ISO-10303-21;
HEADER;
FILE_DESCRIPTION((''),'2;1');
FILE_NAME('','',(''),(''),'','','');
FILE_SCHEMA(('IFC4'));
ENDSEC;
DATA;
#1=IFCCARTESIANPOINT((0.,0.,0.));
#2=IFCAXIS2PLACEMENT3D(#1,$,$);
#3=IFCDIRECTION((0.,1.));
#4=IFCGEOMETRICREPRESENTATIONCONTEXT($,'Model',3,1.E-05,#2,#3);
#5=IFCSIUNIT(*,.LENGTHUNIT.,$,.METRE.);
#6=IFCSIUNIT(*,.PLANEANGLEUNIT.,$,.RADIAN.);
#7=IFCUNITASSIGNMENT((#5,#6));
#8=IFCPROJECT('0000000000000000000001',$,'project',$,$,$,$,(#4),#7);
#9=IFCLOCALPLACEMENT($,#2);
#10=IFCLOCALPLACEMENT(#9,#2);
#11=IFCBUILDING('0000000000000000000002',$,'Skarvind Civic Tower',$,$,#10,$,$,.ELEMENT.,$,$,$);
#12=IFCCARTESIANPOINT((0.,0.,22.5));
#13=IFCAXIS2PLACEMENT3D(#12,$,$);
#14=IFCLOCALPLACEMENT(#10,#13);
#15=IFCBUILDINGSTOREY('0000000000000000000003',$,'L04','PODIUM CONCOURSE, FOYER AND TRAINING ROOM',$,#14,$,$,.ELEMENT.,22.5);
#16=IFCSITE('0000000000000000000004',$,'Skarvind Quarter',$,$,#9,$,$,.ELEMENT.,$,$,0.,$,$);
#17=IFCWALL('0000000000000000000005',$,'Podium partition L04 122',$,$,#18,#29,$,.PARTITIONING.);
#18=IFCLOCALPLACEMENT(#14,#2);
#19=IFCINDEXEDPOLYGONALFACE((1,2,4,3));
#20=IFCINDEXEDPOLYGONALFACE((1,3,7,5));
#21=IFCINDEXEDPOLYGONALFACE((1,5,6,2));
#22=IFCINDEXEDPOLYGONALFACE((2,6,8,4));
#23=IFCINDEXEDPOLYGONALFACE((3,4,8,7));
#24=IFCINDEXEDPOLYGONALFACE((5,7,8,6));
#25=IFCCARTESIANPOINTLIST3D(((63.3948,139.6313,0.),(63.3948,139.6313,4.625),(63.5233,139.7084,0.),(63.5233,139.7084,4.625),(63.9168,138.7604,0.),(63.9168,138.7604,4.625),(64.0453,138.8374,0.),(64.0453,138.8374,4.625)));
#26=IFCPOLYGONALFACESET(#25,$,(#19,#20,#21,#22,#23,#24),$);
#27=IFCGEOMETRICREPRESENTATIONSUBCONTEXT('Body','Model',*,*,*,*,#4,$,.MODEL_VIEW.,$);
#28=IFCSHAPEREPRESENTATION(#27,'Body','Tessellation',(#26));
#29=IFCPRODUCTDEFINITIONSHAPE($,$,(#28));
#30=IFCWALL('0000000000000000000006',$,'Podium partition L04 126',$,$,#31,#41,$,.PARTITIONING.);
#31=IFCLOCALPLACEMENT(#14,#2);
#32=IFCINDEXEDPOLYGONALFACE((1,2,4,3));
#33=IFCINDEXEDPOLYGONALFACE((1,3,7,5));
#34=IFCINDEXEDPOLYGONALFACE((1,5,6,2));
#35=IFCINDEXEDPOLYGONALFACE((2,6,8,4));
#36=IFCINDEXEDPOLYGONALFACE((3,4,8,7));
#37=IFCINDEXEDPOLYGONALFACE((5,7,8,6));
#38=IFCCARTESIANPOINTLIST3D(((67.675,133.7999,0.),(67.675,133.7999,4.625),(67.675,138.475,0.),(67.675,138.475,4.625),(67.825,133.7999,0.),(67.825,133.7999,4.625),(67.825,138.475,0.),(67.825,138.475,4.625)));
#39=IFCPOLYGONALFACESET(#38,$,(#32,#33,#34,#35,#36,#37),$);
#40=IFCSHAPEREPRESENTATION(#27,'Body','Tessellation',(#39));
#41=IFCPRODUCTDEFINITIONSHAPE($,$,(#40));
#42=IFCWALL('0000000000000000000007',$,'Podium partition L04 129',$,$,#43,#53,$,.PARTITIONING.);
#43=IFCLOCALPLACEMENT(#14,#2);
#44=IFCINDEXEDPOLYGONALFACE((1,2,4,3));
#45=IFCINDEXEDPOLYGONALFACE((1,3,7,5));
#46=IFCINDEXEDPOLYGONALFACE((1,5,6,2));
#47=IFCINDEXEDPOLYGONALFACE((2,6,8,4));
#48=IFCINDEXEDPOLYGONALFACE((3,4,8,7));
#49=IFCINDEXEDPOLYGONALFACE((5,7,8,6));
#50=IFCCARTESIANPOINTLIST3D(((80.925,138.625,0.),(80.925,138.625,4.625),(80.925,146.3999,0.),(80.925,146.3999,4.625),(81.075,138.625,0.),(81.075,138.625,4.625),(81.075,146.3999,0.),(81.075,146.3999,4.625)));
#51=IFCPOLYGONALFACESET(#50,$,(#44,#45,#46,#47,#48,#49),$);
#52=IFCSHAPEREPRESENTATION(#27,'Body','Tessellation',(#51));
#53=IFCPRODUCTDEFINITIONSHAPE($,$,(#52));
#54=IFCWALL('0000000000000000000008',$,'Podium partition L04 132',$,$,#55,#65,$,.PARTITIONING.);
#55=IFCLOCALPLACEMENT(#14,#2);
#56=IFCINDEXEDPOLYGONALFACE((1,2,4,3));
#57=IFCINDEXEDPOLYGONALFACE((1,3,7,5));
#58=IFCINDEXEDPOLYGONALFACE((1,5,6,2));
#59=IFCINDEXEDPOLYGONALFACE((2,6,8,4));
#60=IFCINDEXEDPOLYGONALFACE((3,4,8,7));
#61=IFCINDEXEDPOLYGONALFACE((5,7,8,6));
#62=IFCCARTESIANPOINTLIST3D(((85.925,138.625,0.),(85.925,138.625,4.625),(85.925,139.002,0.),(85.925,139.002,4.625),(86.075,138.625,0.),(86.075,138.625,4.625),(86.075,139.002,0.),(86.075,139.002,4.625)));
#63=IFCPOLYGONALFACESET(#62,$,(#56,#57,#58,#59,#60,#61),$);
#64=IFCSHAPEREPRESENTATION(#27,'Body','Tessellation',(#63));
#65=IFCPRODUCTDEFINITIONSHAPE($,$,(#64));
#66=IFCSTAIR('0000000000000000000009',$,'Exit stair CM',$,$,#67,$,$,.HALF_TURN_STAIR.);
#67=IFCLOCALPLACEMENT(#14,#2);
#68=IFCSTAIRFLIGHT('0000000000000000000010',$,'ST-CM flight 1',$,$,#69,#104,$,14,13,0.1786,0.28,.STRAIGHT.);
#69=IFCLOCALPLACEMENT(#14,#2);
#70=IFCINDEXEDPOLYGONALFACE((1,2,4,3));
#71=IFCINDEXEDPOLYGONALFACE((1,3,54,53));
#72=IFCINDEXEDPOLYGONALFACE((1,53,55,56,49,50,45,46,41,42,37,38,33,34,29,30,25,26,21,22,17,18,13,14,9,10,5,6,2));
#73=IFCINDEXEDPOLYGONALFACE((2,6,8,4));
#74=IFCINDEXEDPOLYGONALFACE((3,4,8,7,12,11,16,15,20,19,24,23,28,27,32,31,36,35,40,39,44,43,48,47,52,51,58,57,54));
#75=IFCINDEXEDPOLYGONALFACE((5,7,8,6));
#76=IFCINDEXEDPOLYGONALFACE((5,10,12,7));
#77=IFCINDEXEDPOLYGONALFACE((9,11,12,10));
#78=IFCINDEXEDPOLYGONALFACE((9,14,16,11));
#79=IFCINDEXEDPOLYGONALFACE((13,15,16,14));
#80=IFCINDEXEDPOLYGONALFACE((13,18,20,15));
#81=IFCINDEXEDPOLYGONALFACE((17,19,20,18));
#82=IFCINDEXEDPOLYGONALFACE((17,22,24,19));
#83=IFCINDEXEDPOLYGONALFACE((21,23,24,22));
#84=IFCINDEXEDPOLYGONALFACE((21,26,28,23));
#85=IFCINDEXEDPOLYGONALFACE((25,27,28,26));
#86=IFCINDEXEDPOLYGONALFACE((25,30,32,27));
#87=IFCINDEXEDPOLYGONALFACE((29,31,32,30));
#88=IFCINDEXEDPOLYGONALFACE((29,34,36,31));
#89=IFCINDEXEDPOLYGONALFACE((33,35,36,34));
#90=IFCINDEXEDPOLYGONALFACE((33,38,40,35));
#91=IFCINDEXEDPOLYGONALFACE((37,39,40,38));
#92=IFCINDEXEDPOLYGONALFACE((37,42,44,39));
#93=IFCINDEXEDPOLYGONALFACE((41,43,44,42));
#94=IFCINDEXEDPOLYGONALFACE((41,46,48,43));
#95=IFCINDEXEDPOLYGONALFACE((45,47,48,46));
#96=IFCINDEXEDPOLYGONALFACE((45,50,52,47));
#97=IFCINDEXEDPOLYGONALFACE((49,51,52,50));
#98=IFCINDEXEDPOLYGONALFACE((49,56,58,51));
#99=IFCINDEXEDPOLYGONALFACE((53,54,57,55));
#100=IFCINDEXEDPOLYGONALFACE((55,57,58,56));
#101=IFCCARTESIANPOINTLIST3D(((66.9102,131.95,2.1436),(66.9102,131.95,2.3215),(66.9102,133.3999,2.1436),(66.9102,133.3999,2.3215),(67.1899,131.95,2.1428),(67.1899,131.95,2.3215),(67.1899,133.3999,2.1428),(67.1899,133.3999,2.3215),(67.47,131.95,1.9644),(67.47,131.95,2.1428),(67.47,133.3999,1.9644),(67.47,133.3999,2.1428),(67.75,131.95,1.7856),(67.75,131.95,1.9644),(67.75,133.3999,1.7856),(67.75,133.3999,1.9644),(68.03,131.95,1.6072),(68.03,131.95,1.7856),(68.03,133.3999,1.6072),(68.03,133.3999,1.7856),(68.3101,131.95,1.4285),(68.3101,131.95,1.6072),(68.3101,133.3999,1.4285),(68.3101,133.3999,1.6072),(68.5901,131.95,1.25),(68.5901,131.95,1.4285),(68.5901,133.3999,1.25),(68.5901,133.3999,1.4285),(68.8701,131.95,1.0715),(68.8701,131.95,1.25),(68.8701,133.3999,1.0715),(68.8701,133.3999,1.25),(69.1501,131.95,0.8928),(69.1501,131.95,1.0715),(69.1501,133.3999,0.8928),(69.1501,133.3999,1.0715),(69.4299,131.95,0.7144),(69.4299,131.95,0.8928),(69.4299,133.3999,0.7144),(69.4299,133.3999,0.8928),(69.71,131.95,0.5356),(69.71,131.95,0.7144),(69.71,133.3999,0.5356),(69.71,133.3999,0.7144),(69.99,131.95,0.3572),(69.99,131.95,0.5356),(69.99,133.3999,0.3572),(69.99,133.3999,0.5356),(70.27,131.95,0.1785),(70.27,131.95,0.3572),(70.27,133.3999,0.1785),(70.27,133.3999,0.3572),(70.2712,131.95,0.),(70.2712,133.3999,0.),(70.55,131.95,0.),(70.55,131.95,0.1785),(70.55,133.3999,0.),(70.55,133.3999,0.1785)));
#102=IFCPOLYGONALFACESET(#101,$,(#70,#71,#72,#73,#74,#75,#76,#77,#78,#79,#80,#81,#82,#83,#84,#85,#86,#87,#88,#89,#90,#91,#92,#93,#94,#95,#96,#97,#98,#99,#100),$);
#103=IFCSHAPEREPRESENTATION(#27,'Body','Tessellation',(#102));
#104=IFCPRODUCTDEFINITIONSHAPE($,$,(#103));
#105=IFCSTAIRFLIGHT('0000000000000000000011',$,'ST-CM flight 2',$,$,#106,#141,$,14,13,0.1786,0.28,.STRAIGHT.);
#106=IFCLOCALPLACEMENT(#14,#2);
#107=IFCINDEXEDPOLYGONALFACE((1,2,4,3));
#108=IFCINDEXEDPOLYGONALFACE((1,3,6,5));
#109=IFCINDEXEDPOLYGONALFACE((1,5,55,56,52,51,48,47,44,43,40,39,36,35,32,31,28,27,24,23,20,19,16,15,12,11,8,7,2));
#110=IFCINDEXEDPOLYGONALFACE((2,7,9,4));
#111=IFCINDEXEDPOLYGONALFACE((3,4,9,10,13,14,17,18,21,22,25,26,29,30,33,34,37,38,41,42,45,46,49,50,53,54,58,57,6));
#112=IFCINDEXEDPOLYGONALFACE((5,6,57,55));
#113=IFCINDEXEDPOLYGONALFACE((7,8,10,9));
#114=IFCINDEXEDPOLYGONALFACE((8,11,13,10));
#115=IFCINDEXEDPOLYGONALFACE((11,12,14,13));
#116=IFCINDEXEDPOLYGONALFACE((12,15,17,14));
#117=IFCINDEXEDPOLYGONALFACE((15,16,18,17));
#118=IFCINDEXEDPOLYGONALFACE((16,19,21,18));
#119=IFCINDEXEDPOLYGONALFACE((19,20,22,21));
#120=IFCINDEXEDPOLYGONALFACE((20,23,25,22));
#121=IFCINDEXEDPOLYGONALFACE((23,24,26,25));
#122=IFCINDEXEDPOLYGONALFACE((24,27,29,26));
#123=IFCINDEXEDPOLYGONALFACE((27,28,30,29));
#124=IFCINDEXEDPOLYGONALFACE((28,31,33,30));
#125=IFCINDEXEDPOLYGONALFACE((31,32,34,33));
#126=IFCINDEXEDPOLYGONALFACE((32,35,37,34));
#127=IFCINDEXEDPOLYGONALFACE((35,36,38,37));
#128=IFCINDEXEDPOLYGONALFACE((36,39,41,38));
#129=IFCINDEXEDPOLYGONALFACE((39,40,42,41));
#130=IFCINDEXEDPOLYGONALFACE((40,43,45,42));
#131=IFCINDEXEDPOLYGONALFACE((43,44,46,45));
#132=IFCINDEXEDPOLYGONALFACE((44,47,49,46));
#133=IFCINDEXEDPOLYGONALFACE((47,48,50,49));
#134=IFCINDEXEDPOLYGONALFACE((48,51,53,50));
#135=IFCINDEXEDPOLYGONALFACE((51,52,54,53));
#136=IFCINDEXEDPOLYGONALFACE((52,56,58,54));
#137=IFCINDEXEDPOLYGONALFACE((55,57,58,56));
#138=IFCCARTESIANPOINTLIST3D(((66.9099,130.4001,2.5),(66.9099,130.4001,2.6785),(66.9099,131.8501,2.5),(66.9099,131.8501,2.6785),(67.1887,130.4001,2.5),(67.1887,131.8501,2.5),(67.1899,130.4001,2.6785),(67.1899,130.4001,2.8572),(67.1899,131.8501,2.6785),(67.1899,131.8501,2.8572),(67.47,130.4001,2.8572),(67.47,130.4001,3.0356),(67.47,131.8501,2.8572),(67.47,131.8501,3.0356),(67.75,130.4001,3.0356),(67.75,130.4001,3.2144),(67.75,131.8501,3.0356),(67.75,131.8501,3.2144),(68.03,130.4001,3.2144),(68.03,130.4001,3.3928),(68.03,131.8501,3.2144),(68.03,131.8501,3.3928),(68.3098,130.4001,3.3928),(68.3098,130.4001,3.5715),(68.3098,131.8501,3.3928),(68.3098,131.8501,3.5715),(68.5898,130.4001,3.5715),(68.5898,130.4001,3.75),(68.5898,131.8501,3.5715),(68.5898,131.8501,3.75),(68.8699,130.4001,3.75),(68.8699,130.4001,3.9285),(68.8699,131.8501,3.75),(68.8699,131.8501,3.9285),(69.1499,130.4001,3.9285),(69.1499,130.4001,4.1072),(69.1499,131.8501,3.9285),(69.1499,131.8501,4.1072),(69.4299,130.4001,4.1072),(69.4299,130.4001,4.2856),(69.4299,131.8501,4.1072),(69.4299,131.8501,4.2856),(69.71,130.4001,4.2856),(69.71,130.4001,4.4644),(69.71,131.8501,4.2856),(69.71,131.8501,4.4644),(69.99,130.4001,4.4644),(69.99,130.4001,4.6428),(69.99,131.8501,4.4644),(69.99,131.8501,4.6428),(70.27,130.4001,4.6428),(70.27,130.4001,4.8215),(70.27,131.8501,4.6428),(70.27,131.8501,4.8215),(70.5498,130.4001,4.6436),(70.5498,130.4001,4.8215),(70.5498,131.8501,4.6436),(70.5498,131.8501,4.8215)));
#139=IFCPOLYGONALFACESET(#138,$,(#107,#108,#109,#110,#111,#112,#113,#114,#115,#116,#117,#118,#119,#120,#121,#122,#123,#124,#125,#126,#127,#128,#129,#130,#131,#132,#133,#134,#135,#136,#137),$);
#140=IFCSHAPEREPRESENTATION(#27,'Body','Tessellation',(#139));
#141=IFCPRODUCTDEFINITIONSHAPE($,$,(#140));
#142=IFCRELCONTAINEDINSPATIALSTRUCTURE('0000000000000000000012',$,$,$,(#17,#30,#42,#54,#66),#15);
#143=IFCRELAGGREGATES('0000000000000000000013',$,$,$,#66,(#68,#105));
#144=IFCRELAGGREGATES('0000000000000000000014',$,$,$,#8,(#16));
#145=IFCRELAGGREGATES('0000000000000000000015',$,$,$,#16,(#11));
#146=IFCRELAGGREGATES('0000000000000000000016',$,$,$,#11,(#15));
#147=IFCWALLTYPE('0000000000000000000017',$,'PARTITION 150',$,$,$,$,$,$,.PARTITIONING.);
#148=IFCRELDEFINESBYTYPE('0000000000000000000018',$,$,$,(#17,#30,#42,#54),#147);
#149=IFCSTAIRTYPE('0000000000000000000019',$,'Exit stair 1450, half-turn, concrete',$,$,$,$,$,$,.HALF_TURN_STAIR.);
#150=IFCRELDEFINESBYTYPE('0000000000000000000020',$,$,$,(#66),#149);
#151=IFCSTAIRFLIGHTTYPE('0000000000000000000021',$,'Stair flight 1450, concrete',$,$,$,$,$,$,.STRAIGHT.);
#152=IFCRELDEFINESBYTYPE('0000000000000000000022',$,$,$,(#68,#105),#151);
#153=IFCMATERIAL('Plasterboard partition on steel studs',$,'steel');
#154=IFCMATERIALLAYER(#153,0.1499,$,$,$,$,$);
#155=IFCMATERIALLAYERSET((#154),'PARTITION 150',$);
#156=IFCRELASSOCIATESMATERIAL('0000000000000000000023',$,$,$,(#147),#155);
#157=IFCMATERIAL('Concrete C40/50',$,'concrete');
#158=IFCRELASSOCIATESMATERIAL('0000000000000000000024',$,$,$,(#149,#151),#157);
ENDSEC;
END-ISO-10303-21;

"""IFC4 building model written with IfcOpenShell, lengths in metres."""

from ifc_helpers import new_model, si_unit, direction, frame, frame_2d, origin, place, context, subcontext, project, spatial, polyline, rectangle, outline, extrude, material, layer, layer_set, type_object, element, aggregate, save


model = new_model("IFC4")

# Units and contexts
model_context = context("Model", 3, precision=1e-05, world=origin(), true_north=direction((0.0, 1.0)))
body_context = subcontext(model_context, "Body", "Model", "MODEL_VIEW")
ifc_project = project(units=[si_unit("LENGTHUNIT", "METRE"), si_unit("PLANEANGLEUNIT", "RADIAN")], contexts=[model_context])

# Site, building, storey
site_placement = place(None, origin())
site = spatial("IfcSite", under=ifc_project, at=site_placement, Name="Skarvind Quarter", CompositionType="ELEMENT", RefElevation=0.0)
building_placement = place(site_placement, origin())
building = spatial("IfcBuilding", under=site, at=building_placement, Name="Skarvind Civic Tower", CompositionType="ELEMENT")
storey_placement = place(building_placement, frame((0.0, 0.0, 22.5)))
storey = spatial("IfcBuildingStorey", under=building, at=storey_placement, Name="L04", Description="PODIUM CONCOURSE, FOYER AND TRAINING ROOM", CompositionType="ELEMENT", Elevation=22.5)

# Walls
ifc_material_1 = material(Name="Plasterboard partition on steel studs", Category="steel")
ifc_layer_1 = layer(ifc_material_1, 0.1499)
ifc_layer_set_1 = layer_set([ifc_layer_1], Name="PARTITION 150")
wall_type_1 = type_object("IfcWallType", Name="PARTITION 150", PredefinedType="PARTITIONING", material=ifc_layer_set_1)
wall_1_placement = place(storey_placement, frame((63.459, 139.6699, 0.0), z_axis=(0.0, 0.0, 1.0), x_axis=(0.514107, -0.857726, 0.0)))
element("IfcWall", 1, at=wall_1_placement, inside=storey, type_object=wall_type_1, Name="Podium partition L04 122", PredefinedType="PARTITIONING", context=body_context, shape_type="SweptSolid", body=[
    extrude(rectangle(XDim=1.0154, YDim=0.1499, at=frame_2d((0.5078, 0.0))), origin(), (0.0, 0.0, 1.0), 4.625),
])
wall_2_placement = place(storey_placement, frame((67.75, 133.8, 0.0), z_axis=(0.0, 0.0, 1.0), x_axis=(0.0, 1.0, 0.0)))
element("IfcWall", 2, at=wall_2_placement, inside=storey, type_object=wall_type_1, Name="Podium partition L04 126", PredefinedType="PARTITIONING", context=body_context, shape_type="SweptSolid", body=[
    extrude(rectangle(XDim=4.675, YDim=0.1499, at=frame_2d((2.3374, 0.0))), origin(), (0.0, 0.0, 1.0), 4.625),
])
wall_3_placement = place(storey_placement, frame((81.0, 138.625, 0.0), z_axis=(0.0, 0.0, 1.0), x_axis=(0.0, 1.0, 0.0)))
element("IfcWall", 3, at=wall_3_placement, inside=storey, type_object=wall_type_1, Name="Podium partition L04 129", PredefinedType="PARTITIONING", context=body_context, shape_type="SweptSolid", body=[
    extrude(rectangle(XDim=7.7749, YDim=0.1499, at=frame_2d((3.8875, 0.0))), origin(), (0.0, 0.0, 1.0), 4.625),
])
wall_4_placement = place(storey_placement, frame((86.0, 138.625, 0.0), z_axis=(0.0, 0.0, 1.0), x_axis=(0.0, 1.0, 0.0)))
element("IfcWall", 4, at=wall_4_placement, inside=storey, type_object=wall_type_1, Name="Podium partition L04 132", PredefinedType="PARTITIONING", context=body_context, shape_type="SweptSolid", body=[
    extrude(rectangle(XDim=0.377, YDim=0.1499, at=frame_2d((0.1885, 0.0))), origin(), (0.0, 0.0, 1.0), 4.625),
])

# Stair, stair flights
ifc_material_2 = material(Name="Concrete C40/50", Category="concrete")
stair_type = type_object("IfcStairType", Name="Exit stair 1450, half-turn, concrete", PredefinedType="HALF_TURN_STAIR", material=ifc_material_2)
stair_placement = place(storey_placement, origin())
stair = element("IfcStair", 5, at=stair_placement, inside=storey, type_object=stair_type, Name="Exit stair CM", PredefinedType="HALF_TURN_STAIR")
stair_flight_type = type_object("IfcStairFlightType", Name="Stair flight 1450, concrete", PredefinedType="STRAIGHT", material=ifc_material_2)
stair_flight_1_placement = place(storey_placement, frame((70.55, 132.675, 0.0), z_axis=(0.0, 0.0, 1.0), x_axis=(-1.0, 0.0, 0.0)))
stair_flight_1 = element("IfcStairFlight", 6, at=stair_flight_1_placement, type_object=stair_flight_type, Name="ST-CM flight 1", NumberOfRisers=14, NumberOfTreads=13, PredefinedType="STRAIGHT", RiserHeight=0.1786, TreadLength=0.28, context=body_context, shape_type="SweptSolid", body=[
    extrude(outline(polyline([(0.0, 0.0), (0.0, 0.1785), (0.28, 0.1785), (0.28, 0.3572), (0.5601, 0.3572), (0.5601, 0.5356), (0.8401, 0.5356), (0.8401, 0.7144), (1.1201, 0.7144), (1.1201, 0.8928), (1.3999, 0.8928), (1.3999, 1.0715), (1.6799, 1.0715), (1.6799, 1.25), (1.96, 1.25), (1.96, 1.4285), (2.24, 1.4285), (2.24, 1.6072), (2.52, 1.6072), (2.52, 1.7856), (2.8, 1.7856), (2.8, 1.9644), (3.0801, 1.9644), (3.0801, 2.1428), (3.3601, 2.1428), (3.3601, 2.3215), (3.6399, 2.3215), (3.6399, 2.5), (3.6399, 2.1436), (0.2788, 0.0), (0.0, 0.0)])), frame((0.0, 0.7251, 0.0), z_axis=(0.0, -1.0, 0.0), x_axis=(1.0, 0.0, 0.0)), (0.0, 0.0, 1.0), 1.45),
])
stair_flight_2_placement = place(storey_placement, frame((66.9099, 131.125, 2.5), z_axis=(0.0, 0.0, 1.0), x_axis=(1.0, 0.0, 0.0)))
stair_flight_2 = element("IfcStairFlight", 7, at=stair_flight_2_placement, type_object=stair_flight_type, Name="ST-CM flight 2", NumberOfRisers=14, NumberOfTreads=13, PredefinedType="STRAIGHT", RiserHeight=0.1786, TreadLength=0.28, context=body_context, shape_type="SweptSolid", body=[
    extrude(outline(polyline([(0.0, 0.0), (0.0, 0.1785), (0.28, 0.1785), (0.28, 0.3572), (0.5601, 0.3572), (0.5601, 0.5356), (0.8401, 0.5356), (0.8401, 0.7144), (1.1201, 0.7144), (1.1201, 0.8928), (1.3999, 0.8928), (1.3999, 1.0715), (1.6799, 1.0715), (1.6799, 1.25), (1.96, 1.25), (1.96, 1.4285), (2.24, 1.4285), (2.24, 1.6072), (2.52, 1.6072), (2.52, 1.7856), (2.8, 1.7856), (2.8, 1.9644), (3.0801, 1.9644), (3.0801, 2.1428), (3.3601, 2.1428), (3.3601, 2.3215), (3.6399, 2.3215), (3.6399, 2.5), (3.6399, 2.1436), (0.2788, 0.0), (0.0, 0.0)])), frame((0.0, 0.7251, 0.0), z_axis=(0.0, -1.0, 0.0), x_axis=(1.0, 0.0, 0.0)), (0.0, 0.0, 1.0), 1.45),
])
aggregate(stair, [stair_flight_1, stair_flight_2])

save(model, "model.ifc")
